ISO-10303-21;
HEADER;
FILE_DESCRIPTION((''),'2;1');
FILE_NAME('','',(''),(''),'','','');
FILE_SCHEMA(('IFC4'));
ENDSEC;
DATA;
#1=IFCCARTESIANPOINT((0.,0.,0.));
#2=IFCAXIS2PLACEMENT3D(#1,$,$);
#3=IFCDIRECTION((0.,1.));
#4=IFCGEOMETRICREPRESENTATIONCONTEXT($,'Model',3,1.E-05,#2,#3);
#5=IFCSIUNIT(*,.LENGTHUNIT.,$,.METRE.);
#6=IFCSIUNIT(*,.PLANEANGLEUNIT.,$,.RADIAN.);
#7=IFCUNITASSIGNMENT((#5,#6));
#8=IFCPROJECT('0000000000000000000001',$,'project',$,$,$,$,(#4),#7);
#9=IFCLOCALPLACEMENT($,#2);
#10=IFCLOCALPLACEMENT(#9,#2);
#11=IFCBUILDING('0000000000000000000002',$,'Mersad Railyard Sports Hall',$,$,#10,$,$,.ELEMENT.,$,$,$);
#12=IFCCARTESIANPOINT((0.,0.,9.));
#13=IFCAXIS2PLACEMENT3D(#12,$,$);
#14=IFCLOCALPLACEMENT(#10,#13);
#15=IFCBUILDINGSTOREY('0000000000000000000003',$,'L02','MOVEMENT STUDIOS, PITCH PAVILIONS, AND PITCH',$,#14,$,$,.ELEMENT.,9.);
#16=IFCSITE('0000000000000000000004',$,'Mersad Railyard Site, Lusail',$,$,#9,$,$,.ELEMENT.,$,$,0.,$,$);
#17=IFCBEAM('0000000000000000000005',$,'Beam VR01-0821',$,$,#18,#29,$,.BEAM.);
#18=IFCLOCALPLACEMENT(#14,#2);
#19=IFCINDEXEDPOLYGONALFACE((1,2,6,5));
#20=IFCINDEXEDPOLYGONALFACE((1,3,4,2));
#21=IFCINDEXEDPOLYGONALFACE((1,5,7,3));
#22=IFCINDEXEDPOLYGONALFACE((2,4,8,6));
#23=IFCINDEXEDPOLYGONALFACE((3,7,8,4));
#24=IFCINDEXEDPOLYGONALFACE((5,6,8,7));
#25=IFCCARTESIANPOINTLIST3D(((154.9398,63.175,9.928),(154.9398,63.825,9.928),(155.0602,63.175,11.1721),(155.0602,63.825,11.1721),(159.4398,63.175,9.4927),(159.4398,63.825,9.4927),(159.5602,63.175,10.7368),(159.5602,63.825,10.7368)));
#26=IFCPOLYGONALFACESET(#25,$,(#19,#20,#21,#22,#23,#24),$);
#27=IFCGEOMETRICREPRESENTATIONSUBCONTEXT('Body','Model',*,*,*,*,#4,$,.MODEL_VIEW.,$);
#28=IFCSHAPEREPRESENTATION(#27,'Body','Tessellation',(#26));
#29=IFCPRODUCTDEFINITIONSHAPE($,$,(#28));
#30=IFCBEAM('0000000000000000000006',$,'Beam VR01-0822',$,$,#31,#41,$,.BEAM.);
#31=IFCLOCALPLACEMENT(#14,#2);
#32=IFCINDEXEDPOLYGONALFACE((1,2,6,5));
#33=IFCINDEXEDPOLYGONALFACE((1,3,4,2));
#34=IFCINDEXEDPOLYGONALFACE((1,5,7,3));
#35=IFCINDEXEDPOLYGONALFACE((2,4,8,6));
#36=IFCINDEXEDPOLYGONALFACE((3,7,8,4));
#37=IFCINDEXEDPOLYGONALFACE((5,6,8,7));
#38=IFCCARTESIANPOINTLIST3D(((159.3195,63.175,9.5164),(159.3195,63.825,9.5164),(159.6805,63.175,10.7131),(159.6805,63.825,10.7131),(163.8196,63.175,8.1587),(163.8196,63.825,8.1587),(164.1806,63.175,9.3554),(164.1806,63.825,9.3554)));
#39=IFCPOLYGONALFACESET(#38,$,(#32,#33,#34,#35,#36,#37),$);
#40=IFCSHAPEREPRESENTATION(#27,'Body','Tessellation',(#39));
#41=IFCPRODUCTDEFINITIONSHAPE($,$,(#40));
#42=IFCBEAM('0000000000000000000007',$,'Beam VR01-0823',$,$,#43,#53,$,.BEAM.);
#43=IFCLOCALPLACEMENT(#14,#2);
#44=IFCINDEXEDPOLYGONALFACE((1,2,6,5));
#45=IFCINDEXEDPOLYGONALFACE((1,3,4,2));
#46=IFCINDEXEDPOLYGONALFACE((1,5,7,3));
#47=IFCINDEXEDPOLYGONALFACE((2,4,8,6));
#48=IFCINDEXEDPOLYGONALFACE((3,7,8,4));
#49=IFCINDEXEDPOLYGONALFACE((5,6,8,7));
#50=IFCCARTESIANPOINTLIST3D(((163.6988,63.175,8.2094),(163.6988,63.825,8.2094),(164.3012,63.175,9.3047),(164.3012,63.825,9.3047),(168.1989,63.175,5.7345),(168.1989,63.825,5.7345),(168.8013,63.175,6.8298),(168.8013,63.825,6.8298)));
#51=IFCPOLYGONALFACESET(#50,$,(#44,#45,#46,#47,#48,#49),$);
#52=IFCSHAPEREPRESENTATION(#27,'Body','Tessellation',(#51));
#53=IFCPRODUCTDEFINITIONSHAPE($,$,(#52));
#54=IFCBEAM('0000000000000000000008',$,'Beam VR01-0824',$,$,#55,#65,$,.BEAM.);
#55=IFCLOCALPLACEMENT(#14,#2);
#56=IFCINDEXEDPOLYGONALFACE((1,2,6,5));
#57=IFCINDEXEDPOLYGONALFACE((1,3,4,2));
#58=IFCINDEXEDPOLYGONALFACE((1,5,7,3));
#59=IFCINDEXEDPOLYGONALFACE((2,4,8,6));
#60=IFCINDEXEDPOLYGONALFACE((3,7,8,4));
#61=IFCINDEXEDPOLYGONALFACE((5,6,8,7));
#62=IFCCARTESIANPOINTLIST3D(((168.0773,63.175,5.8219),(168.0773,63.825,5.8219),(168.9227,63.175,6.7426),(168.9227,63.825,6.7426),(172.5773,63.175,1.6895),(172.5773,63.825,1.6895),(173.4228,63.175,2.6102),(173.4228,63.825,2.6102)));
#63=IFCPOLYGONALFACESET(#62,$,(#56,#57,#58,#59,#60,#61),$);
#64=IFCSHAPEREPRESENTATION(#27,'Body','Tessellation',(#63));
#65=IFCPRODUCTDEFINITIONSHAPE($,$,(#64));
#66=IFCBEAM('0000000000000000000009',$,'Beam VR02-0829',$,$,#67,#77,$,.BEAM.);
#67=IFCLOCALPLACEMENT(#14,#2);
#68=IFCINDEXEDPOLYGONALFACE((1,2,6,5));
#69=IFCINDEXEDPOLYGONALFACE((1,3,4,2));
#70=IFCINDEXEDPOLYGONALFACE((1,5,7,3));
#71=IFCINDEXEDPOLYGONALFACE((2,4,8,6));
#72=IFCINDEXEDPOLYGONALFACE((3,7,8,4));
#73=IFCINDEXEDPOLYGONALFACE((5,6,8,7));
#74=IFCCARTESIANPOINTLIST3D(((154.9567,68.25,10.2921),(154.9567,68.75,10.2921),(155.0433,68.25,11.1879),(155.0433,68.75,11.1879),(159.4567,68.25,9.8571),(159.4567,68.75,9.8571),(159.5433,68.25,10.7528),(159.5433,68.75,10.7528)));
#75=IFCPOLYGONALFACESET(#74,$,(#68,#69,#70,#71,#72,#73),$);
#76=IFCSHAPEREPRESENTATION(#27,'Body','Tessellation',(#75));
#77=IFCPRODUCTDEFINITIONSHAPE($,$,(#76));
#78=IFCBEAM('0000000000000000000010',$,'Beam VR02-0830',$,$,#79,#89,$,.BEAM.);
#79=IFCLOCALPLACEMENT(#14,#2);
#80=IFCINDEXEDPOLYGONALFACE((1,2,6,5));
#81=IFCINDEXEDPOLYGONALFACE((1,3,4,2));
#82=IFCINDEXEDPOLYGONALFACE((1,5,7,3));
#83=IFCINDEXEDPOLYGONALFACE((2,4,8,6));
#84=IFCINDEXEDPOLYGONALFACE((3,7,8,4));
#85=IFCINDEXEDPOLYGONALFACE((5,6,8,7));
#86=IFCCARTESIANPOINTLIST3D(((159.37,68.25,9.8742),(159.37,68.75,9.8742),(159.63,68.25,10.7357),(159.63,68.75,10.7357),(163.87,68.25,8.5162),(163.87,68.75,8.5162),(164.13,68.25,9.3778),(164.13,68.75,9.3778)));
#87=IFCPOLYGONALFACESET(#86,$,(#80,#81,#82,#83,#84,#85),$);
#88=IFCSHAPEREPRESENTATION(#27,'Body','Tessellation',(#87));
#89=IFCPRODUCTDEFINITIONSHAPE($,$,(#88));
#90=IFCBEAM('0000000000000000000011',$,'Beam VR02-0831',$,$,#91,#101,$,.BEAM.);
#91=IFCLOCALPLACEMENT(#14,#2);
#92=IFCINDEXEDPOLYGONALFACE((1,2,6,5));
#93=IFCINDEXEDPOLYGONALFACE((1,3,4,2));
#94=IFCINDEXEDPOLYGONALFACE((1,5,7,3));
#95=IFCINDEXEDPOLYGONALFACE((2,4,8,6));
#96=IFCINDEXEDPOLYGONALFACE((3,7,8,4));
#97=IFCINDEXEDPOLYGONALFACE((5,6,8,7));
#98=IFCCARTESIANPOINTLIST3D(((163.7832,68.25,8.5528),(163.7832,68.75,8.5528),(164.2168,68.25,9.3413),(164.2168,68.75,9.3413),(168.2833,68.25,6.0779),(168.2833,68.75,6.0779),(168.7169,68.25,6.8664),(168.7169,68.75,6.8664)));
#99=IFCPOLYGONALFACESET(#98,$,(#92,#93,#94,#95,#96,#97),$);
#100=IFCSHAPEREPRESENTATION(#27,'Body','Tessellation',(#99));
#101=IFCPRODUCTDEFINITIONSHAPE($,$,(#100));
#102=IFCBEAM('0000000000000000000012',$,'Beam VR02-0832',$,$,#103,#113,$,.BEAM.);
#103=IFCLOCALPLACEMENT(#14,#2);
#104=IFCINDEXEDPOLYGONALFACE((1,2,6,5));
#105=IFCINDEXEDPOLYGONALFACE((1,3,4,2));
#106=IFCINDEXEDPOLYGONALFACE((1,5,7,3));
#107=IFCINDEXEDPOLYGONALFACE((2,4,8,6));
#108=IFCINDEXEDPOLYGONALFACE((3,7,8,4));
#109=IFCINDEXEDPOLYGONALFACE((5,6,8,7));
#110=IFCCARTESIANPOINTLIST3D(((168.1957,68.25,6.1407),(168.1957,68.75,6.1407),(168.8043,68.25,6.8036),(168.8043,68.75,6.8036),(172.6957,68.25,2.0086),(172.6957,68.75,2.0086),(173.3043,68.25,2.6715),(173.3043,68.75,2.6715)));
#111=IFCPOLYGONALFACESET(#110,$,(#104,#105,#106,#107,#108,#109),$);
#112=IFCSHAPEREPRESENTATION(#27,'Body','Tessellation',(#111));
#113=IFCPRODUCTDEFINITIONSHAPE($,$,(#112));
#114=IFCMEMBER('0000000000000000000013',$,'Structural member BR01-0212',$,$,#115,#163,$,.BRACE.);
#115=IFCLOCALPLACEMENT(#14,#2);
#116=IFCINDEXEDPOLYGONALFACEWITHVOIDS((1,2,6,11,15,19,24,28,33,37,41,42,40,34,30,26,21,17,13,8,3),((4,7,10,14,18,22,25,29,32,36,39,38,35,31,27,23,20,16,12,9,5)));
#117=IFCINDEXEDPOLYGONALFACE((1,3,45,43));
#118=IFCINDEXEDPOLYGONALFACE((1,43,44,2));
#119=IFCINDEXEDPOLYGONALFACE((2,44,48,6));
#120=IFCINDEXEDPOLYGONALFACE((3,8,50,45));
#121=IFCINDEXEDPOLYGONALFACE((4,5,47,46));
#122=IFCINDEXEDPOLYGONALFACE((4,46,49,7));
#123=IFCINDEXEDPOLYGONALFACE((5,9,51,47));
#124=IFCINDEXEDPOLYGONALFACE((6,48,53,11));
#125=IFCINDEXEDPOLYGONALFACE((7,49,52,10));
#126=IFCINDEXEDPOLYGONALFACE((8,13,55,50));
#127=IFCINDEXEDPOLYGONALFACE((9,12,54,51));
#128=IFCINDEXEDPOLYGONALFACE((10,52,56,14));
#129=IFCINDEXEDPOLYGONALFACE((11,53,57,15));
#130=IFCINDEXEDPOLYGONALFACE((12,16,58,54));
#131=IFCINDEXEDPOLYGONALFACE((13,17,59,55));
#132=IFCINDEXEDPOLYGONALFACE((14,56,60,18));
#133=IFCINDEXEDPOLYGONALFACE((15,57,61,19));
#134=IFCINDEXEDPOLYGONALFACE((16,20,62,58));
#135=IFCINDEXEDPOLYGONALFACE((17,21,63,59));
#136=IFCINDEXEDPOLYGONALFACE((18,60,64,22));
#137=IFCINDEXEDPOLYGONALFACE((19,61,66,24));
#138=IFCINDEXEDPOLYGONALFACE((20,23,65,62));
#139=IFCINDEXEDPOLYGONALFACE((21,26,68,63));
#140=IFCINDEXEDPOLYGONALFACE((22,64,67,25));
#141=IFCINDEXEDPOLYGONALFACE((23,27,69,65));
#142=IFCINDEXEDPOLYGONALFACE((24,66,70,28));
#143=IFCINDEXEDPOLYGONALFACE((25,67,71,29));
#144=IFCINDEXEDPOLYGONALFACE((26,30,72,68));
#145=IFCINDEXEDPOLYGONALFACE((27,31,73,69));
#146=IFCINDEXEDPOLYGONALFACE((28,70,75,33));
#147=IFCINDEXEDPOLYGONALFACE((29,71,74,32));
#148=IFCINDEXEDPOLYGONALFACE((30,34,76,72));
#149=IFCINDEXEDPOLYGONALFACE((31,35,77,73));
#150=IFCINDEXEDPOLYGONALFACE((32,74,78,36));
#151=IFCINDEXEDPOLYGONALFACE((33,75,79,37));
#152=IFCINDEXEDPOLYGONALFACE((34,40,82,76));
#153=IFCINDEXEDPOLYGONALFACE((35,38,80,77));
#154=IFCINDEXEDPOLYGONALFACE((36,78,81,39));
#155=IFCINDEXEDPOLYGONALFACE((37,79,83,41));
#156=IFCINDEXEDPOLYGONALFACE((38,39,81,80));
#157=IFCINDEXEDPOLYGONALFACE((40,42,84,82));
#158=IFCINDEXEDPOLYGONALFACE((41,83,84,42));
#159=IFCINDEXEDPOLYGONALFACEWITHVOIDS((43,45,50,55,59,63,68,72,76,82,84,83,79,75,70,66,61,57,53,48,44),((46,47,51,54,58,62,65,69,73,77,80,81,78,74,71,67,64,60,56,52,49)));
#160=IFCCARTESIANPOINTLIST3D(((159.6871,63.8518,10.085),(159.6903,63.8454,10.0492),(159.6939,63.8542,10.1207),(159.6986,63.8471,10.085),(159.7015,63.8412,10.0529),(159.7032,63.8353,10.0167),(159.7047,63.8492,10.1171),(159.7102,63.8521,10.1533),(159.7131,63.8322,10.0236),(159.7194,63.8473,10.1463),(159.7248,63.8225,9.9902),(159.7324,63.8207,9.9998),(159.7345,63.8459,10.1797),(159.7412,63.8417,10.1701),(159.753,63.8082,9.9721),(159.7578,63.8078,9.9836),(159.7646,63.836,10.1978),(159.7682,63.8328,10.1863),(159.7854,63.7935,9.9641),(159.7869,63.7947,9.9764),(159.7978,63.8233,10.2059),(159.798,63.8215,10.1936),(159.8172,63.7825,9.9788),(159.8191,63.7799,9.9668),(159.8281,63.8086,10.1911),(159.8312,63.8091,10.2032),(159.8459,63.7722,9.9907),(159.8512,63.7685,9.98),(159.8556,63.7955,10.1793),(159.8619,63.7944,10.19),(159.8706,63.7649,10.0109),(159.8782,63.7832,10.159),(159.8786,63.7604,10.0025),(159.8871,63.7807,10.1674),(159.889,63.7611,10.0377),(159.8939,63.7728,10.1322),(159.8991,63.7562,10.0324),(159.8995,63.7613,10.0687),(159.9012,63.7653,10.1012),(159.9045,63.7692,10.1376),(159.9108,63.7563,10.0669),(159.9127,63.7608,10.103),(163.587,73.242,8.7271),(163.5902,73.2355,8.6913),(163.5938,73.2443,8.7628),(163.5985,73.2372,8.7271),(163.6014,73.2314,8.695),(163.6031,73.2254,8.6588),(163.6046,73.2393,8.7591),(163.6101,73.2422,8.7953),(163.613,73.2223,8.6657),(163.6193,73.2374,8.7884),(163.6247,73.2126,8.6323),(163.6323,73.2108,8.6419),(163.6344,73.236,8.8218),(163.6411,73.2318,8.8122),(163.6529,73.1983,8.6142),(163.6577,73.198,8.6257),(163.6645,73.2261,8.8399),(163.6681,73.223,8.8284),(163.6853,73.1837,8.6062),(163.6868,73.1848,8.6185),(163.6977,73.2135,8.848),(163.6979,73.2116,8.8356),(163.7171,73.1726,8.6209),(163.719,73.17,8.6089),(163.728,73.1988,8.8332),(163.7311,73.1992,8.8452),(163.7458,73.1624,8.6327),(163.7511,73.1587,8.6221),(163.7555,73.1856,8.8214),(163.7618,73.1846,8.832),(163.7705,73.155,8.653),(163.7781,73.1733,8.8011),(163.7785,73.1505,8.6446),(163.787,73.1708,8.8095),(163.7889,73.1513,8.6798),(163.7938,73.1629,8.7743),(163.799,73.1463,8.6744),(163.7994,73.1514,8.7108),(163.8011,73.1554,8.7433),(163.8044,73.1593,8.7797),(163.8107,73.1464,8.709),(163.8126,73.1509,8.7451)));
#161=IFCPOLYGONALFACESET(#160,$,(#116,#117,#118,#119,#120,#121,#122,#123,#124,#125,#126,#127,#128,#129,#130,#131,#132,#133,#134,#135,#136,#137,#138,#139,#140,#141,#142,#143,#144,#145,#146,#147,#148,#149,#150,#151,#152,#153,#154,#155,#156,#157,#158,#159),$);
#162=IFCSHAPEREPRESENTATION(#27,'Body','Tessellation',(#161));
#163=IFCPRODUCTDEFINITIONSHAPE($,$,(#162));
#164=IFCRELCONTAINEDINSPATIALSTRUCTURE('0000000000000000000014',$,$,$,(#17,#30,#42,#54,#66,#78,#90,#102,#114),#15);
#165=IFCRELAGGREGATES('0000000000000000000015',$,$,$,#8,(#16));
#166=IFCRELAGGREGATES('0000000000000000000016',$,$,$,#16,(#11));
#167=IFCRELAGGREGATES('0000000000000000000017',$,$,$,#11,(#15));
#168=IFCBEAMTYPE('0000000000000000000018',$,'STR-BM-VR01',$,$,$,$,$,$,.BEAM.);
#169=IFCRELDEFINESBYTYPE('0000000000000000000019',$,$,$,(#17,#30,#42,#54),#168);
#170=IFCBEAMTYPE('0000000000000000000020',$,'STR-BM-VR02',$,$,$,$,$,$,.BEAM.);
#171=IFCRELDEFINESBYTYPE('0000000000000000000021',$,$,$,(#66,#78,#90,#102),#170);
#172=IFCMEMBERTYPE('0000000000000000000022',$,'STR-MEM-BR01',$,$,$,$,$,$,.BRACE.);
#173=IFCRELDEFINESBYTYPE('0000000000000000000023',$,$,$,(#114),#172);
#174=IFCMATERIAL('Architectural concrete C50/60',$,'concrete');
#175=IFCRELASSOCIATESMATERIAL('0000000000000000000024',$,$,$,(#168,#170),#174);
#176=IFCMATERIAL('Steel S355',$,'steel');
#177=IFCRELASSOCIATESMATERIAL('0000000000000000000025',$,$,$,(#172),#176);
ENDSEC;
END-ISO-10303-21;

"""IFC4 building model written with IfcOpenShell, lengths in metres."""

from ifc_helpers import new_model, si_unit, direction, frame, origin, origin_2d, place, context, subcontext, project, spatial, rectangle, hollow_circle, extrude, material, material_profile, profile_set, type_object, element, save


model = new_model("IFC4")

# Units and contexts
model_context = context("Model", 3, precision=1e-05, world=origin(), true_north=direction((0.0, 1.0)))
body_context = subcontext(model_context, "Body", "Model", "MODEL_VIEW")
ifc_project = project(units=[si_unit("LENGTHUNIT", "METRE"), si_unit("PLANEANGLEUNIT", "RADIAN")], contexts=[model_context])

# Site, building, storey
site_placement = place(None, origin())
site = spatial("IfcSite", under=ifc_project, at=site_placement, Name="Mersad Railyard Site, Lusail", CompositionType="ELEMENT", RefElevation=0.0)
building_placement = place(site_placement, origin())
building = spatial("IfcBuilding", under=site, at=building_placement, Name="Mersad Railyard Sports Hall", CompositionType="ELEMENT")
storey_placement = place(building_placement, frame((0.0, 0.0, 9.0)))
storey = spatial("IfcBuildingStorey", under=building, at=storey_placement, Name="L02", Description="MOVEMENT STUDIOS, PITCH PAVILIONS, AND PITCH", CompositionType="ELEMENT", Elevation=9.0)

# Beams
ifc_material_1 = material(Name="Architectural concrete C50/60", Category="concrete")
ifc_material_profile_1 = material_profile(ifc_material_1, rectangle(XDim=0.6499, YDim=1.25, at=origin_2d()), Name="VR 650x1250")
ifc_profile_set_1 = profile_set([ifc_material_profile_1], Name="Architectural concrete C50/60")
beam_type_1 = type_object("IfcBeamType", Name="STR-BM-VR01", PredefinedType="BEAM", material=ifc_profile_set_1)
beam_1_placement = place(storey_placement, frame((155.0, 63.5, 10.55), z_axis=(0.995354, 0.0, -0.096285), x_axis=(0.0, 1.0, 0.0)))
element("IfcBeam", 1, at=beam_1_placement, inside=storey, type_object=beam_type_1, Name="Beam VR01-0821", PredefinedType="BEAM", context=body_context, shape_type="SweptSolid", body=[
    extrude(rectangle(XDim=0.6499, YDim=1.25, at=origin_2d()), origin(), (0.0, 0.0, 1.0), 4.521),
])
beam_2_placement = place(storey_placement, frame((159.5, 63.5, 10.1147), z_axis=(0.957376, 0.0, -0.288844), x_axis=(0.0, 1.0, 0.0)))
element("IfcBeam", 2, at=beam_2_placement, inside=storey, type_object=beam_type_1, Name="Beam VR01-0822", PredefinedType="BEAM", context=body_context, shape_type="SweptSolid", body=[
    extrude(rectangle(XDim=0.6499, YDim=1.25, at=origin_2d()), origin(), (0.0, 0.0, 1.0), 4.7004),
])
beam_3_placement = place(storey_placement, frame((164.0, 63.5, 8.7571), z_axis=(0.876228, 0.0, -0.481897), x_axis=(0.0, 1.0, 0.0)))
element("IfcBeam", 3, at=beam_3_placement, inside=storey, type_object=beam_type_1, Name="Beam VR01-0823", PredefinedType="BEAM", context=body_context, shape_type="SweptSolid", body=[
    extrude(rectangle(XDim=0.6499, YDim=1.25, at=origin_2d()), origin(), (0.0, 0.0, 1.0), 5.1357),
])
beam_4_placement = place(storey_placement, frame((168.5, 63.5, 6.2822), z_axis=(0.736557, 0.0, -0.676376), x_axis=(0.0, 1.0, 0.0)))
element("IfcBeam", 4, at=beam_4_placement, inside=storey, type_object=beam_type_1, Name="Beam VR01-0824", PredefinedType="BEAM", context=body_context, shape_type="SweptSolid", body=[
    extrude(rectangle(XDim=0.6499, YDim=1.25, at=origin_2d()), origin(), (0.0, 0.0, 1.0), 6.1096),
])
ifc_material_profile_2 = material_profile(ifc_material_1, rectangle(XDim=0.5, YDim=0.8999, at=origin_2d()), Name="VR 500x900")
ifc_profile_set_2 = profile_set([ifc_material_profile_2], Name="Architectural concrete C50/60")
beam_type_2 = type_object("IfcBeamType", Name="STR-BM-VR02", PredefinedType="BEAM", material=ifc_profile_set_2)
beam_5_placement = place(storey_placement, frame((155.0, 68.5, 10.74), z_axis=(0.995359, 0.0, -0.096231), x_axis=(0.0, 1.0, 0.0)))
element("IfcBeam", 5, at=beam_5_placement, inside=storey, type_object=beam_type_2, Name="Beam VR02-0829", PredefinedType="BEAM", context=body_context, shape_type="SweptSolid", body=[
    extrude(rectangle(XDim=0.5, YDim=0.8999, at=origin_2d()), origin(), (0.0, 0.0, 1.0), 4.521),
])
beam_6_placement = place(storey_placement, frame((159.5, 68.5, 10.3049), z_axis=(0.957362, 0.0, -0.288891), x_axis=(0.0, 1.0, 0.0)))
element("IfcBeam", 6, at=beam_6_placement, inside=storey, type_object=beam_type_2, Name="Beam VR02-0830", PredefinedType="BEAM", context=body_context, shape_type="SweptSolid", body=[
    extrude(rectangle(XDim=0.5, YDim=0.8999, at=origin_2d()), origin(), (0.0, 0.0, 1.0), 4.7004),
])
beam_7_placement = place(storey_placement, frame((164.0, 68.5, 8.947), z_axis=(0.876228, 0.0, -0.481897), x_axis=(0.0, 1.0, 0.0)))
element("IfcBeam", 7, at=beam_7_placement, inside=storey, type_object=beam_type_2, Name="Beam VR02-0831", PredefinedType="BEAM", context=body_context, shape_type="SweptSolid", body=[
    extrude(rectangle(XDim=0.5, YDim=0.8999, at=origin_2d()), origin(), (0.0, 0.0, 1.0), 5.1357),
])
beam_8_placement = place(storey_placement, frame((168.5, 68.5, 6.4722), z_axis=(0.736577, 0.0, -0.676354), x_axis=(0.0, 1.0, 0.0)))
element("IfcBeam", 8, at=beam_8_placement, inside=storey, type_object=beam_type_2, Name="Beam VR02-0832", PredefinedType="BEAM", context=body_context, shape_type="SweptSolid", body=[
    extrude(rectangle(XDim=0.5, YDim=0.8999, at=origin_2d()), origin(), (0.0, 0.0, 1.0), 6.1094),
])

# Member
ifc_material_2 = material(Name="Steel S355", Category="steel")
ifc_material_profile_3 = material_profile(ifc_material_2, hollow_circle(Radius=0.1223, WallThickness=0.0125, at=origin_2d()), Name="CHS 244.5x12.5")
ifc_profile_set_3 = profile_set([ifc_material_profile_3], Name="Steel S355")
member_type_1 = type_object("IfcMemberType", Name="STR-MEM-BR01", PredefinedType="BRACE", material=ifc_profile_set_3)
member_1_placement = place(storey_placement, frame((159.8, 63.8049, 10.085), z_axis=(0.380179, 0.915391, -0.132375), x_axis=(-0.923518, 0.383555, 0.0)))
element("IfcMember", 9, at=member_1_placement, inside=storey, type_object=member_type_1, Name="Structural member BR01-0212", PredefinedType="BRACE", context=body_context, shape_type="SweptSolid", body=[
    extrude(hollow_circle(Radius=0.1223, WallThickness=0.0125, at=origin_2d()), origin(), (0.0, 0.0, 1.0), 10.2581),
])

save(model, "model.ifc")
